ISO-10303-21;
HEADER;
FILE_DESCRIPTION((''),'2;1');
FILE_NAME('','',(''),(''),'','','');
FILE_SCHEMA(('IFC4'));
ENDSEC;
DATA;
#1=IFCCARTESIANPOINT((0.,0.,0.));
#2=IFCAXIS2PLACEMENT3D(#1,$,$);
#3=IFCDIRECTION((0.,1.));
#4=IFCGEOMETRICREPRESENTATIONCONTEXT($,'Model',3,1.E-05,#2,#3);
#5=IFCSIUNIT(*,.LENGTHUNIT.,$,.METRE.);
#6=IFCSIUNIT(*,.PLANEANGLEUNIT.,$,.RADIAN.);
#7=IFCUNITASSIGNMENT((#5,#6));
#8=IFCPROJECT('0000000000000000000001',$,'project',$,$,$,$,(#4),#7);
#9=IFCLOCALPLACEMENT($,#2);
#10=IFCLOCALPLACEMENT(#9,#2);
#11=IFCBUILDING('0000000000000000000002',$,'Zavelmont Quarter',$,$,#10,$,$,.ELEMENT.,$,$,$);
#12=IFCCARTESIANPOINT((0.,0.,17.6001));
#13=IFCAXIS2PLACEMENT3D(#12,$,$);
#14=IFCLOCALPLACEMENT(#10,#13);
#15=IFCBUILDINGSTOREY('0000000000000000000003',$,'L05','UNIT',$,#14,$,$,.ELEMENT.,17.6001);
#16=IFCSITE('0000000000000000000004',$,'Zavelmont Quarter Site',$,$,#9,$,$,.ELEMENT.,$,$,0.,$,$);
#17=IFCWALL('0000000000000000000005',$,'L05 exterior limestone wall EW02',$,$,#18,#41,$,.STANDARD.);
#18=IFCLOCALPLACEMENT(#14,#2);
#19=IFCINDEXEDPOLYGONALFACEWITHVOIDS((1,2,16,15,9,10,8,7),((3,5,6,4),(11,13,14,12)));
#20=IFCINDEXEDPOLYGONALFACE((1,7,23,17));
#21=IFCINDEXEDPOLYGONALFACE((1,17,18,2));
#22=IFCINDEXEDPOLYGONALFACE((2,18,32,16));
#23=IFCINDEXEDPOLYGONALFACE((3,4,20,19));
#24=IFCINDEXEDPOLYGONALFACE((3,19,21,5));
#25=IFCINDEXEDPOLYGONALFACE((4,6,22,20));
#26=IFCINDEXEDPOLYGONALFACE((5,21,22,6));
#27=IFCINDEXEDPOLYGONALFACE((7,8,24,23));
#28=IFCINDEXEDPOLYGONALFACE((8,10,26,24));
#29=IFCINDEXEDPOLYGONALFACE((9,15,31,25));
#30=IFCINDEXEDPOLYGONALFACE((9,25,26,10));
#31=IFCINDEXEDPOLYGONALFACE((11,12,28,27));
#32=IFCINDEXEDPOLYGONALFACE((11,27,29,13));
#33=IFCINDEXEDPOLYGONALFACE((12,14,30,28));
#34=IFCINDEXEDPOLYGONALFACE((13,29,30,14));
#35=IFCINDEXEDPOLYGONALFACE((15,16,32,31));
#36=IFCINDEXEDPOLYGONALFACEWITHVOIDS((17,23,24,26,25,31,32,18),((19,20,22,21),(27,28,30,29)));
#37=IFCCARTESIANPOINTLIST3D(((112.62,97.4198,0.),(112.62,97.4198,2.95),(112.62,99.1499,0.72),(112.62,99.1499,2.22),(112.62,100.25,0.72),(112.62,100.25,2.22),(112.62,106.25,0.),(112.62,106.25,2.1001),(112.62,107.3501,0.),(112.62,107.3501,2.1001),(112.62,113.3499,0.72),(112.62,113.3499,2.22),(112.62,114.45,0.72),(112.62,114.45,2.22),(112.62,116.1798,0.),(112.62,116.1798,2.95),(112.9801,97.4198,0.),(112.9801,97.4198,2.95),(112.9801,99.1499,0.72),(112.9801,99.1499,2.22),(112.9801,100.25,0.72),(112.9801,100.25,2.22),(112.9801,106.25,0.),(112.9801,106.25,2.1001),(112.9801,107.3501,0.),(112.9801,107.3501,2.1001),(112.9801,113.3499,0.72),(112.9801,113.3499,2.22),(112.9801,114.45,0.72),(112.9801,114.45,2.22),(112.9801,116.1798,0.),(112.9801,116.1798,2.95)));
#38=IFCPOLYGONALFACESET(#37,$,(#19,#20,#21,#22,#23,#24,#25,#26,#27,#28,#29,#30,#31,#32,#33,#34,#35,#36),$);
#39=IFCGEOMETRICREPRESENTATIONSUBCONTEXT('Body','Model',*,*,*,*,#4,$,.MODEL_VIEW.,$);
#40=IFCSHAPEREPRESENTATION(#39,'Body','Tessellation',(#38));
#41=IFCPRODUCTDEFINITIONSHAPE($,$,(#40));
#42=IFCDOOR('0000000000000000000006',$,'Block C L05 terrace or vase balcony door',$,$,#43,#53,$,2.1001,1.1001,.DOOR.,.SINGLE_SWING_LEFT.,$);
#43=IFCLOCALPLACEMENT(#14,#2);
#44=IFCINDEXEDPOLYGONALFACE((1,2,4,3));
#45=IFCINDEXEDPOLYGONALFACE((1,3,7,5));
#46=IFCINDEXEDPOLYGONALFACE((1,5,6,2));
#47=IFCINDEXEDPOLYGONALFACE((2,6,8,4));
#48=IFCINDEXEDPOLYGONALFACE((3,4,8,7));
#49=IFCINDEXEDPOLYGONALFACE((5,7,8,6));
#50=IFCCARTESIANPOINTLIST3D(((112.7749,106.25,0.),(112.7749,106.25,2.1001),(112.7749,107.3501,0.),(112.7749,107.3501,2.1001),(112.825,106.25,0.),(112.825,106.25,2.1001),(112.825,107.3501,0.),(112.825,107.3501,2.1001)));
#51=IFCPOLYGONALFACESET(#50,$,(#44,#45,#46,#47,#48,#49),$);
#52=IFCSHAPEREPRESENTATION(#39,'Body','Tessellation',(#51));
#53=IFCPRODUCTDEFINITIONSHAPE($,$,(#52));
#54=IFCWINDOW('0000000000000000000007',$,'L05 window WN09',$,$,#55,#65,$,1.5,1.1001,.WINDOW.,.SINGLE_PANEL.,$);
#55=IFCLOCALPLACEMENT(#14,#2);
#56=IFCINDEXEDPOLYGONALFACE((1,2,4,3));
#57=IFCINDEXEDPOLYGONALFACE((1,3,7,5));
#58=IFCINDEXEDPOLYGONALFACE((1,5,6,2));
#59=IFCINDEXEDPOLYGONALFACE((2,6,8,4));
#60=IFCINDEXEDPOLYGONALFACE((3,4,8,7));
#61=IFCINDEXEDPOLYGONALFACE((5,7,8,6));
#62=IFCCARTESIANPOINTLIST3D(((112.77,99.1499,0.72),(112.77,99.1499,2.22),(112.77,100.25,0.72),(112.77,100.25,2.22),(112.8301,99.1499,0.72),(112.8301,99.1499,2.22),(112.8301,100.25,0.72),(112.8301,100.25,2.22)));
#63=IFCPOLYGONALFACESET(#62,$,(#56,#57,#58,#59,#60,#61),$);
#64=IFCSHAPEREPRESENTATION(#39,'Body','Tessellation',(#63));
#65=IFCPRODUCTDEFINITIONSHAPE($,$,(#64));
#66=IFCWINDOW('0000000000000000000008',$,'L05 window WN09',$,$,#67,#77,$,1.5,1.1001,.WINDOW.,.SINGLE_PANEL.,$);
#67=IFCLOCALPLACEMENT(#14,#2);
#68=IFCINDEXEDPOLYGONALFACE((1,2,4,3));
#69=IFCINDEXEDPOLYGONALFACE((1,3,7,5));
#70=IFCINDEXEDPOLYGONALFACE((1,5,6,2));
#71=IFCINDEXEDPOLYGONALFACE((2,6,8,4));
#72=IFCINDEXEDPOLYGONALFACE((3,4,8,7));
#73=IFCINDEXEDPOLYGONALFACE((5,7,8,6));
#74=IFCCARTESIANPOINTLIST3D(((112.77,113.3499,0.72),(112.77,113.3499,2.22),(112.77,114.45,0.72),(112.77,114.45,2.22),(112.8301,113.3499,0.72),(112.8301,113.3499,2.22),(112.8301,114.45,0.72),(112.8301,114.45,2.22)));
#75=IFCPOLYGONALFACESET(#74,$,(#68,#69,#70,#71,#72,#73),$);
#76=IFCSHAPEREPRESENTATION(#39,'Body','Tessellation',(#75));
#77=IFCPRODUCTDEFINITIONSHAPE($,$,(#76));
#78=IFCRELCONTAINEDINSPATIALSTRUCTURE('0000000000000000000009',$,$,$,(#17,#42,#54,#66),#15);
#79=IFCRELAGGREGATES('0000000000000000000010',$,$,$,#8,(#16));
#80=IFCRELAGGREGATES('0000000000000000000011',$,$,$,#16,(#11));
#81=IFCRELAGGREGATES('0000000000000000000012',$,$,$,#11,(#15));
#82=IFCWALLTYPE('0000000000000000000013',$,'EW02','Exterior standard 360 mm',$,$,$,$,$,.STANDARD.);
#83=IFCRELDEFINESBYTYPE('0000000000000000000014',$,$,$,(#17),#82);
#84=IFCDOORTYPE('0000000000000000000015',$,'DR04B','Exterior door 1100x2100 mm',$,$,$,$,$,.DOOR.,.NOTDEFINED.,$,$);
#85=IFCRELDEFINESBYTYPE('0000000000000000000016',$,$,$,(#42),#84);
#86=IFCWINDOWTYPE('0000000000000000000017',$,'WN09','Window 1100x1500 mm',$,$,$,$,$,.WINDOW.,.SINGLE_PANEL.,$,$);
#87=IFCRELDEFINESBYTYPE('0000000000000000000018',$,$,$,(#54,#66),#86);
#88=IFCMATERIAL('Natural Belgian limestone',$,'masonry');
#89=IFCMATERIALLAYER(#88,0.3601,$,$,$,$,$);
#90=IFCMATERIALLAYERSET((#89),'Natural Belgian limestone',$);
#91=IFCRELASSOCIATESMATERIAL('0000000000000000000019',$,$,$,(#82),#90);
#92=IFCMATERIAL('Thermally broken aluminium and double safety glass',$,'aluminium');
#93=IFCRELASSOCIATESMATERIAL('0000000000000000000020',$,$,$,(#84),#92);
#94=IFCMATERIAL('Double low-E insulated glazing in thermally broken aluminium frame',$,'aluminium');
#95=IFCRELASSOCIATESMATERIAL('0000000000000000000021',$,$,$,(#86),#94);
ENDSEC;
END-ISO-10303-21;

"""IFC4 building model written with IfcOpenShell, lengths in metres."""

from ifc_helpers import new_model, si_unit, direction, frame, frame_2d, origin, origin_with_axes, place, context, subcontext, project, spatial, rectangle, extrude, material, layer, layer_set, type_object, element, fill, save


model = new_model("IFC4")

# Units and contexts
model_context = context("Model", 3, precision=1e-05, world=origin(), true_north=direction((0.0, 1.0)))
body_context = subcontext(model_context, "Body", "Model", "MODEL_VIEW")
ifc_project = project(units=[si_unit("LENGTHUNIT", "METRE"), si_unit("PLANEANGLEUNIT", "RADIAN")], contexts=[model_context])

# Site, building, storey
site_placement = place(None, origin())
site = spatial("IfcSite", under=ifc_project, at=site_placement, Name="Zavelmont Quarter Site", CompositionType="ELEMENT", RefElevation=0.0)
building_placement = place(site_placement, origin())
building = spatial("IfcBuilding", under=site, at=building_placement, Name="Zavelmont Quarter", CompositionType="ELEMENT")
storey_placement = place(building_placement, frame((0.0, 0.0, 17.6001)))
storey = spatial("IfcBuildingStorey", under=building, at=storey_placement, Name="L05", Description="UNIT", CompositionType="ELEMENT", Elevation=17.6001)

# Wall, openings, door, windows
ifc_material_1 = material(Name="Natural Belgian limestone", Category="masonry")
ifc_layer_1 = layer(ifc_material_1, 0.3601)
ifc_layer_set_1 = layer_set([ifc_layer_1], Name="Natural Belgian limestone")
wall_type = type_object("IfcWallType", Name="EW02", Description="Exterior standard 360 mm", PredefinedType="STANDARD", material=ifc_layer_set_1)
ifc_material_2 = material(Name="Thermally broken aluminium and double safety glass", Category="aluminium")
door_type_1 = type_object("IfcDoorType", Name="DR04B", Description="Exterior door 1100x2100 mm", OperationType="NOTDEFINED", PredefinedType="DOOR", material=ifc_material_2)
ifc_material_3 = material(Name="Double low-E insulated glazing in thermally broken aluminium frame", Category="aluminium")
window_type_1 = type_object("IfcWindowType", Name="WN09", Description="Window 1100x1500 mm", PartitioningType="SINGLE_PANEL", PredefinedType="WINDOW", material=ifc_material_3)
wall_1_placement = place(storey_placement, frame((112.8, 97.4199, 0.0), z_axis=(0.0, 0.0, 1.0), x_axis=(0.0, 1.0, 0.0)))
wall_1 = element("IfcWall", 1, at=wall_1_placement, inside=storey, type_object=wall_type, Name="L05 exterior limestone wall EW02", PredefinedType="STANDARD", context=body_context, shape_type="SweptSolid", body=[
    extrude(rectangle(XDim=18.76, YDim=0.3601, at=frame_2d((9.3799, 0.0))), origin(), (0.0, 0.0, 1.0), 2.95),
])
opening_1_placement = place(wall_1_placement, frame((8.8301, 0.0, 0.0)))
opening_1 = element("IfcOpeningElement", 2, at=opening_1_placement, cuts=wall_1, PredefinedType="OPENING", context=body_context, shape_type="SweptSolid", body=[
    extrude(rectangle(XDim=1.1001, YDim=2.1001, at=frame_2d((0.55, 1.05))), frame((0.0, 0.1919, 0.0), z_axis=(0.0, -1.0, 0.0), x_axis=(1.0, 0.0, 0.0)), (0.0, 0.0, 1.0), 0.384),
])
opening_2_placement = place(wall_1_placement, frame((1.73, 0.0, 0.72)))
opening_2 = element("IfcOpeningElement", 3, at=opening_2_placement, cuts=wall_1, PredefinedType="OPENING", context=body_context, shape_type="SweptSolid", body=[
    extrude(rectangle(XDim=1.1001, YDim=1.5, at=frame_2d((0.55, 0.75))), frame((0.0, 0.1919, 0.0), z_axis=(0.0, -1.0, 0.0), x_axis=(1.0, 0.0, 0.0)), (0.0, 0.0, 1.0), 0.384),
])
opening_3_placement = place(wall_1_placement, frame((15.9299, 0.0, 0.72)))
opening_3 = element("IfcOpeningElement", 4, at=opening_3_placement, cuts=wall_1, PredefinedType="OPENING", context=body_context, shape_type="SweptSolid", body=[
    extrude(rectangle(XDim=1.1001, YDim=1.5, at=frame_2d((0.55, 0.75))), frame((0.0, 0.1919, 0.0), z_axis=(0.0, -1.0, 0.0), x_axis=(1.0, 0.0, 0.0)), (0.0, 0.0, 1.0), 0.384),
])
door_1_placement = place(opening_1_placement, frame((1.1001, 0.0, 0.0), z_axis=(0.0, 0.0, 1.0), x_axis=(-1.0, 0.0, 0.0)))
door_1 = element("IfcDoor", 5, at=door_1_placement, inside=storey, type_object=door_type_1, Name="Block C L05 terrace or vase balcony door", OperationType="SINGLE_SWING_LEFT", OverallHeight=2.1001, OverallWidth=1.1001, PredefinedType="DOOR", context=body_context, shape_type="SweptSolid", body=[
    extrude(rectangle(XDim=1.1001, YDim=2.1001, at=frame_2d((0.55, 1.05))), frame((0.0, 0.0249, 0.0), z_axis=(0.0, -1.0, 0.0), x_axis=(1.0, 0.0, 0.0)), (0.0, 0.0, 1.0), 0.05),
])
fill(opening_1, door_1)
window_1_placement = place(opening_2_placement, origin_with_axes())
window_1 = element("IfcWindow", 6, at=window_1_placement, inside=storey, type_object=window_type_1, Name="L05 window WN09", OverallHeight=1.5, OverallWidth=1.1001, PartitioningType="SINGLE_PANEL", PredefinedType="WINDOW", context=body_context, shape_type="SweptSolid", body=[
    extrude(rectangle(XDim=1.1001, YDim=1.5, at=frame_2d((0.55, 0.75))), frame((0.0, 0.03, 0.0), z_axis=(0.0, -1.0, 0.0), x_axis=(1.0, 0.0, 0.0)), (0.0, 0.0, 1.0), 0.0601),
])
fill(opening_2, window_1)
window_2_placement = place(opening_3_placement, origin_with_axes())
window_2 = element("IfcWindow", 7, at=window_2_placement, inside=storey, type_object=window_type_1, Name="L05 window WN09", OverallHeight=1.5, OverallWidth=1.1001, PartitioningType="SINGLE_PANEL", PredefinedType="WINDOW", context=body_context, shape_type="SweptSolid", body=[
    extrude(rectangle(XDim=1.1001, YDim=1.5, at=frame_2d((0.55, 0.75))), frame((0.0, 0.03, 0.0), z_axis=(0.0, -1.0, 0.0), x_axis=(1.0, 0.0, 0.0)), (0.0, 0.0, 1.0), 0.0601),
])
fill(opening_3, window_2)

save(model, "model.ifc")
